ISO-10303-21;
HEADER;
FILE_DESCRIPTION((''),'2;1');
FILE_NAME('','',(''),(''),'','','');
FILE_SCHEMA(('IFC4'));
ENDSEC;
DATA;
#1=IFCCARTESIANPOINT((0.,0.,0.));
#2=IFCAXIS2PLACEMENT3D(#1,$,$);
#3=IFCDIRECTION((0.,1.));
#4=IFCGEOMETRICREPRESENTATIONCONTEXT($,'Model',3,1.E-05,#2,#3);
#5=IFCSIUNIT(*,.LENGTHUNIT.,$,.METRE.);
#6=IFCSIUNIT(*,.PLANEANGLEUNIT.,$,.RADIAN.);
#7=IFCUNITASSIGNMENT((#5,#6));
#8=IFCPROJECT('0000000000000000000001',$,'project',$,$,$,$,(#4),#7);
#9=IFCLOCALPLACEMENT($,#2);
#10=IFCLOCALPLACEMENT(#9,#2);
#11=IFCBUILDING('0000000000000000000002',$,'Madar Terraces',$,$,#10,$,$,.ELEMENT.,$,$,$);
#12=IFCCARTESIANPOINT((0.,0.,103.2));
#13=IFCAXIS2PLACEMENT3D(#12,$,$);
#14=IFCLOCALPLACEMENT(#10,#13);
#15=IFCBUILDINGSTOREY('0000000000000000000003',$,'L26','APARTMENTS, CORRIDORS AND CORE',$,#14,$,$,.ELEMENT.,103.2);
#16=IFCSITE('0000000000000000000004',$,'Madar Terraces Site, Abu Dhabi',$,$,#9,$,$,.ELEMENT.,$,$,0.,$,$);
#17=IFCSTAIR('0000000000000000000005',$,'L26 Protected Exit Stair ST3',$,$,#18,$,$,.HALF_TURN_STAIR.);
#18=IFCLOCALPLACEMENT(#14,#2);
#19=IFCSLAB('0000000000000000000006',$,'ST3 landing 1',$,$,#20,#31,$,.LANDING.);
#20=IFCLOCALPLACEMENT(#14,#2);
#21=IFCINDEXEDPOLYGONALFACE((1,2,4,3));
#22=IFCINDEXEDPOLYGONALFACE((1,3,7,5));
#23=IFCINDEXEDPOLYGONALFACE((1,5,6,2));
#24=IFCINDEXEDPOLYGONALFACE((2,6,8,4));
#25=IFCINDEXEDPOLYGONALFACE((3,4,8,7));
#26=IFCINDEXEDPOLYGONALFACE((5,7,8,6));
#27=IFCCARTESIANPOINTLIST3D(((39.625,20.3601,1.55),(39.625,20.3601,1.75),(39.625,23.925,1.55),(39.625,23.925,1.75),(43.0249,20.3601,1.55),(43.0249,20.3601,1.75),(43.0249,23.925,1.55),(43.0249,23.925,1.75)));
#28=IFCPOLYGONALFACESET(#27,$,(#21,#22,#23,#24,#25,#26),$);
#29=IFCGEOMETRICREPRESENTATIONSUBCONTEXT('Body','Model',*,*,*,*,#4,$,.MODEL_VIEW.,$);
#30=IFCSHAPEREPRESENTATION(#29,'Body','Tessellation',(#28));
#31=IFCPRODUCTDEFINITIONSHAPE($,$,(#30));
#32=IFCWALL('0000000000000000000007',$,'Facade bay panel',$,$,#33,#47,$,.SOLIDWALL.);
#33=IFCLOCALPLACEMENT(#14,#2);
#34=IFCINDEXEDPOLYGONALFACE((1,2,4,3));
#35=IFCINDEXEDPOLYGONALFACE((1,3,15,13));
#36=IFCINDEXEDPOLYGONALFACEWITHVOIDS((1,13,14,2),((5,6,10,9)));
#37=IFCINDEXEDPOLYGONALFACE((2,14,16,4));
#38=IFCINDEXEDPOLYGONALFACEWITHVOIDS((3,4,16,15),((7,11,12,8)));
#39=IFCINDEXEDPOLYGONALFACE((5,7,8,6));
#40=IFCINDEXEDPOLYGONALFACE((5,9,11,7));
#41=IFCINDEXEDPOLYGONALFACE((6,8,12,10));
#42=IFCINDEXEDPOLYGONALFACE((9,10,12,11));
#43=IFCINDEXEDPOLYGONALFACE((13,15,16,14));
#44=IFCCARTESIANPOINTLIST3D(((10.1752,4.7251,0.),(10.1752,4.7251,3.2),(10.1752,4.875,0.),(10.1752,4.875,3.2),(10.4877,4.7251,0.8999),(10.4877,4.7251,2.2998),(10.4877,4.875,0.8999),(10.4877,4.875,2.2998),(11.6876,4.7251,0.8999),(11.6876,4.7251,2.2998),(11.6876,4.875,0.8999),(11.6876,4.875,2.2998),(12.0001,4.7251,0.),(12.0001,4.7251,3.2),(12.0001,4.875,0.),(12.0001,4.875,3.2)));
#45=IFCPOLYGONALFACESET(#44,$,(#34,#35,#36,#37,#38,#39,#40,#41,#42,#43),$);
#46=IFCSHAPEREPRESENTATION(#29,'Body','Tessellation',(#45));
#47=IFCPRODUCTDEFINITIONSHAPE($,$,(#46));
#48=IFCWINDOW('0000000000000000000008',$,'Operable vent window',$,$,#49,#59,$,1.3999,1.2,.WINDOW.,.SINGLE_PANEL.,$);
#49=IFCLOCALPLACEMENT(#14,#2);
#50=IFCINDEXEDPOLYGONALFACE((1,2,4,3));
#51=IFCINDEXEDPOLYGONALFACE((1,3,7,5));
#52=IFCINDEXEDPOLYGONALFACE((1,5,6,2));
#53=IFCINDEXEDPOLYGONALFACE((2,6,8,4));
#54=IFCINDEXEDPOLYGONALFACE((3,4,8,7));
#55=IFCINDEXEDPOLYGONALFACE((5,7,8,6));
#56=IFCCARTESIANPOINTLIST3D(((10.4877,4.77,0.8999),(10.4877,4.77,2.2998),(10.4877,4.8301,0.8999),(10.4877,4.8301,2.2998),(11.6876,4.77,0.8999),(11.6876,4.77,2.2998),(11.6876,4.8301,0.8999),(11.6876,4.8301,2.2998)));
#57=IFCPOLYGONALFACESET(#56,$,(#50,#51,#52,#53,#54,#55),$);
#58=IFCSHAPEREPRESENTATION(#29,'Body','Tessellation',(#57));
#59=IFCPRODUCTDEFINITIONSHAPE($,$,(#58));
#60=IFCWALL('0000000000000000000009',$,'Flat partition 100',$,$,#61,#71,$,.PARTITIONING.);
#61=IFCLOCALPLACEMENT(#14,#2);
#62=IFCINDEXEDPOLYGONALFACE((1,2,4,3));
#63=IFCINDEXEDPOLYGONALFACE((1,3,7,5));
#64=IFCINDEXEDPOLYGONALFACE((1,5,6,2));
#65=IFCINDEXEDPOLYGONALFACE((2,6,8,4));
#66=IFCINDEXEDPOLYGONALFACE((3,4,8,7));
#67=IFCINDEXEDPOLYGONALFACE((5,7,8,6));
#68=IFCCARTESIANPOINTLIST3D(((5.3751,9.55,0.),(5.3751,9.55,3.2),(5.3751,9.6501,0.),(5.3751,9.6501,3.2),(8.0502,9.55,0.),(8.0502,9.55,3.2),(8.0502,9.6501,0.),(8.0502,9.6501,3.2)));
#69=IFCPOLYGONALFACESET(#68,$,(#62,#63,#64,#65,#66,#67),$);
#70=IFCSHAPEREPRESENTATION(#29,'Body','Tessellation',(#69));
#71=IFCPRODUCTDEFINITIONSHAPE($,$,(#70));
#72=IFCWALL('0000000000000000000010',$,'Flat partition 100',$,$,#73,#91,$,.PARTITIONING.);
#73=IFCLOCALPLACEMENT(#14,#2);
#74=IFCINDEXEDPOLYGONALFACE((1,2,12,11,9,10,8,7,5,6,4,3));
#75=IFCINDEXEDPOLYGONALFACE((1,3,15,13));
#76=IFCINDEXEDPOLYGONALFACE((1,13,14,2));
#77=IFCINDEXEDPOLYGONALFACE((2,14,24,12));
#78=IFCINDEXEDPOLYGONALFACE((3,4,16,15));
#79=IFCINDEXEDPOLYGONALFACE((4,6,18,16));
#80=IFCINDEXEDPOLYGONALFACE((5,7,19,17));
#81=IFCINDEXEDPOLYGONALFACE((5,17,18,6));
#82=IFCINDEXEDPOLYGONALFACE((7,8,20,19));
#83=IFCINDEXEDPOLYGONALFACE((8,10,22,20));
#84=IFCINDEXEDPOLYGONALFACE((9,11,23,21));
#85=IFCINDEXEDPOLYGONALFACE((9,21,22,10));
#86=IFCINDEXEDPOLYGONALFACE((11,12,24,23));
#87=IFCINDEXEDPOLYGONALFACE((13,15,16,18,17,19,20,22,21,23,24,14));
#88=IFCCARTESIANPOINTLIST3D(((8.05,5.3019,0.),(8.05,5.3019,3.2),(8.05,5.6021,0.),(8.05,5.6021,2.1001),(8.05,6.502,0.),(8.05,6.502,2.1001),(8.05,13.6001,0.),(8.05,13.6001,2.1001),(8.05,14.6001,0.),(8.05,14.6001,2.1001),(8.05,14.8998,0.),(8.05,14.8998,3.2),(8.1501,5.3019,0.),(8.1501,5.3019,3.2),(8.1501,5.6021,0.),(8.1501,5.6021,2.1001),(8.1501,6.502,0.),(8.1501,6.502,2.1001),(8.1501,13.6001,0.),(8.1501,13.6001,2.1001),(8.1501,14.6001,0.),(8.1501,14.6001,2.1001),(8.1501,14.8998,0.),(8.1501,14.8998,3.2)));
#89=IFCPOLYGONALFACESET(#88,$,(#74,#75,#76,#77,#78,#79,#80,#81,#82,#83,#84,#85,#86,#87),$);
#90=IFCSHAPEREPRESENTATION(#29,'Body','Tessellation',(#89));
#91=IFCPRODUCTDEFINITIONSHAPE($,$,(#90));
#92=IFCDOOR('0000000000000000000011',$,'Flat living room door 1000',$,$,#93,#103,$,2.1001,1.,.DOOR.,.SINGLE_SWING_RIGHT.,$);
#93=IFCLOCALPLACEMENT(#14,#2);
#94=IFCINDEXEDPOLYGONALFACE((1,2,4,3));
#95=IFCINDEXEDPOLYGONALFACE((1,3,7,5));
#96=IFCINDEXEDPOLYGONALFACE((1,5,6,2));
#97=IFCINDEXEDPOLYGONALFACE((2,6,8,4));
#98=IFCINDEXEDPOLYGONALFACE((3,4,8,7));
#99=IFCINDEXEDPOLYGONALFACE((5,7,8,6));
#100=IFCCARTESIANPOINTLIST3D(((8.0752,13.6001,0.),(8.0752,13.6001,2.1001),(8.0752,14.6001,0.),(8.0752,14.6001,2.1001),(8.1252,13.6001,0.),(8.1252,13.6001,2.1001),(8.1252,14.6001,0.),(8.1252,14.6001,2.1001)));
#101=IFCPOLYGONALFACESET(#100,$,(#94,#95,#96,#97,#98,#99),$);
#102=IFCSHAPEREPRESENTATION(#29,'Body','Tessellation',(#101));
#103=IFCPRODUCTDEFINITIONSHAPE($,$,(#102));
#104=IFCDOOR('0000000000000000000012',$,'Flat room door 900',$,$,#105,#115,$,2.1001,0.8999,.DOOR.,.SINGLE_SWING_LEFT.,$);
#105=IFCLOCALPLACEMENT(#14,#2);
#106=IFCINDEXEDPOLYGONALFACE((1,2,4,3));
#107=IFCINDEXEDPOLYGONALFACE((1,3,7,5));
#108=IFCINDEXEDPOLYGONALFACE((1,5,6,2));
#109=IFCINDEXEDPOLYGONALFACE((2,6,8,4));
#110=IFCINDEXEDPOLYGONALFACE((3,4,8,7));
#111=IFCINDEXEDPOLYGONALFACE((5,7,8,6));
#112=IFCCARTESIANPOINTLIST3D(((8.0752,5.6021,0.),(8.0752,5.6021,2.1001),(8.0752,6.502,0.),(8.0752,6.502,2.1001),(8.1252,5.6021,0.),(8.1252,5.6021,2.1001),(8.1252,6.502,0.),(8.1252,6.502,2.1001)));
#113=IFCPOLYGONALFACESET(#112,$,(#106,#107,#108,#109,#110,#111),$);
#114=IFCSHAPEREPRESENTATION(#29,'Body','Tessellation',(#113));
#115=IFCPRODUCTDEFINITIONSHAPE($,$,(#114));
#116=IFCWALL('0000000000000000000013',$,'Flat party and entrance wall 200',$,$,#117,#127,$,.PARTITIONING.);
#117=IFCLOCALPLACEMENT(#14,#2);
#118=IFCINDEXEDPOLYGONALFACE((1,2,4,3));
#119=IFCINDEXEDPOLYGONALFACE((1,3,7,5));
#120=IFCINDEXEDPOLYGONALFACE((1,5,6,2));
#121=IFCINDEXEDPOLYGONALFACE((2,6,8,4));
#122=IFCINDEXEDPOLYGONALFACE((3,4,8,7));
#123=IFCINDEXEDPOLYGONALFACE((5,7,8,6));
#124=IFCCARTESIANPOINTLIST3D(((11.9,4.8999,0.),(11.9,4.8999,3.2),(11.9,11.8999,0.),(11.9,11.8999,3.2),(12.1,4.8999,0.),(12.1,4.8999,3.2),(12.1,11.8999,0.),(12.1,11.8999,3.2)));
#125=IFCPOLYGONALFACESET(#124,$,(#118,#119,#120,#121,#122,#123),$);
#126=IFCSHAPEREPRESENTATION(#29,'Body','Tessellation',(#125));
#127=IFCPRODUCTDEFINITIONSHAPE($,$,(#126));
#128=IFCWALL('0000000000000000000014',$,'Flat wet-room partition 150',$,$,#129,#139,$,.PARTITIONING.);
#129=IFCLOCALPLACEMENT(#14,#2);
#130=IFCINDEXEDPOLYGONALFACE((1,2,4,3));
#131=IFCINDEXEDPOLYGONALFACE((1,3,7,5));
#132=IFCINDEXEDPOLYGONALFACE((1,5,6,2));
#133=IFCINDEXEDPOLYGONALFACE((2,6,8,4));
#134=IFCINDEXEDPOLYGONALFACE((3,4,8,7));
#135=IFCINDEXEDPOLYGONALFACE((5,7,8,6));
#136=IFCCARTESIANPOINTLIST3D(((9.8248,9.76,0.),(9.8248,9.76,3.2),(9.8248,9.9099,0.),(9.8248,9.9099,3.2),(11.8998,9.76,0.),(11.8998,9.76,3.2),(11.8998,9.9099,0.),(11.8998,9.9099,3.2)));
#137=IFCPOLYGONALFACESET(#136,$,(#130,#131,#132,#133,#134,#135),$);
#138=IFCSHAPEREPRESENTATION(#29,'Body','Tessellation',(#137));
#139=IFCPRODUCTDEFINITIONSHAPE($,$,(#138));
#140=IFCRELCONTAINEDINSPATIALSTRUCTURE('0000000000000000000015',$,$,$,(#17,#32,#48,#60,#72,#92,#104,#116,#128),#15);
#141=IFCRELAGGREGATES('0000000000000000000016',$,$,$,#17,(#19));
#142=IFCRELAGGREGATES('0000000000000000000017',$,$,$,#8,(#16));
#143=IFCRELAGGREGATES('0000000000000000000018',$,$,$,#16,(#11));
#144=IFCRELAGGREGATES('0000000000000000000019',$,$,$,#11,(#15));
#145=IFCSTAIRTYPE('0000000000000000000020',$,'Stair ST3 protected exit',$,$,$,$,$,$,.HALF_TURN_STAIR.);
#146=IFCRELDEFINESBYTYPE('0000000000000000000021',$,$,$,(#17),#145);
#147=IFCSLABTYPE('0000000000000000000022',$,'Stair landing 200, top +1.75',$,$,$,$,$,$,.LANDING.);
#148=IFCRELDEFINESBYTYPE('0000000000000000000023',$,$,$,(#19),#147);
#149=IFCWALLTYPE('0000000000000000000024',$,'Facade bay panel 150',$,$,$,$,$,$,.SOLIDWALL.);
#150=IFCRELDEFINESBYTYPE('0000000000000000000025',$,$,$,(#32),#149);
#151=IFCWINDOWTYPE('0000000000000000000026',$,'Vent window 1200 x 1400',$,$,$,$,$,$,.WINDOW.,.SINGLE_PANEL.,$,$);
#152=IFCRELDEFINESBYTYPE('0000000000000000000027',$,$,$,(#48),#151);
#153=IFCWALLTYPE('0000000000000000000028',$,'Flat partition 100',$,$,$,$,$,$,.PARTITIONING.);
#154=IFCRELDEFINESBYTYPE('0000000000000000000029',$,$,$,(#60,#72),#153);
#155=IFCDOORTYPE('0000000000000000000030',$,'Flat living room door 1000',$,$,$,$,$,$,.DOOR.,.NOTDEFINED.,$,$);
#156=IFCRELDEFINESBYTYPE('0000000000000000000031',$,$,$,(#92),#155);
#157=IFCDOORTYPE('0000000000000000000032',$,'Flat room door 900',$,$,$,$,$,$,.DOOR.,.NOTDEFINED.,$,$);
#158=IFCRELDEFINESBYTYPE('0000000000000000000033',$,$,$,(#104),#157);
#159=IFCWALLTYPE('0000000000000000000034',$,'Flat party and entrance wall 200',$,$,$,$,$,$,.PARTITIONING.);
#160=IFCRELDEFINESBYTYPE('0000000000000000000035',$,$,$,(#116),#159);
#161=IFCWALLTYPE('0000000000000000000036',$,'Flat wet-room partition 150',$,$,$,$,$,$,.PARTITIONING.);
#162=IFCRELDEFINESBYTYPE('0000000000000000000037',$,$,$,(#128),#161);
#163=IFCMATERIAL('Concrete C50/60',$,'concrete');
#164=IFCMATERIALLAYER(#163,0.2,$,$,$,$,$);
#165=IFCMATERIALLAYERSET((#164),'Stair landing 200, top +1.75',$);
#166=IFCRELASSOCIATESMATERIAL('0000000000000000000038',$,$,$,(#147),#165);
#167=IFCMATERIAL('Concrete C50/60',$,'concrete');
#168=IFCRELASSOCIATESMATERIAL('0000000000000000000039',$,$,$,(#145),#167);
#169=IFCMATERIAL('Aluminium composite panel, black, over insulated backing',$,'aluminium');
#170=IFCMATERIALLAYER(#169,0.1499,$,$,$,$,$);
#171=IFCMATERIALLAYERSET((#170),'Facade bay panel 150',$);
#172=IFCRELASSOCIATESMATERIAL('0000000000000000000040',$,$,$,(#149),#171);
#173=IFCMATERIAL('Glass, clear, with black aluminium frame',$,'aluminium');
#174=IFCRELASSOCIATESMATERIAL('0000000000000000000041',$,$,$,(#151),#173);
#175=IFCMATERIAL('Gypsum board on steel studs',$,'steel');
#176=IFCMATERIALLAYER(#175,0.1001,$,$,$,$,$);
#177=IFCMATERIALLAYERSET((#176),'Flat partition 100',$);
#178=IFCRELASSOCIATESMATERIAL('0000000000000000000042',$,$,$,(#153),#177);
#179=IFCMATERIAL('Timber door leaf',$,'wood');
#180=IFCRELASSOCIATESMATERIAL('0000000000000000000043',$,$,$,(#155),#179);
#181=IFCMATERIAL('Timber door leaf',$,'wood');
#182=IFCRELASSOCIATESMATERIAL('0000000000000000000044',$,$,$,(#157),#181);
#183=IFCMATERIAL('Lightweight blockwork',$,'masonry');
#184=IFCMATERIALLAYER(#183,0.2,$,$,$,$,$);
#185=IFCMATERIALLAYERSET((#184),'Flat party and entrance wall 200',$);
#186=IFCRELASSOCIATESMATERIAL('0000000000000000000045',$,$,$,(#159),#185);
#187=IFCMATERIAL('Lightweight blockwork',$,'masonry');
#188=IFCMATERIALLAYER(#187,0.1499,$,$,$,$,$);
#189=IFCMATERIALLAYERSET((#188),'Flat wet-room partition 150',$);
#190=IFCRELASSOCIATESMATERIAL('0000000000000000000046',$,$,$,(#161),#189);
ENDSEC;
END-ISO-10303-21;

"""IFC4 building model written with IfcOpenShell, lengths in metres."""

from ifc_helpers import new_model, si_unit, direction, frame, frame_2d, origin, place, context, subcontext, project, spatial, polyline, rectangle, outline, extrude, material, layer, layer_set, type_object, element, fill, aggregate, save


model = new_model("IFC4")

# Units and contexts
model_context = context("Model", 3, precision=1e-05, world=origin(), true_north=direction((0.0, 1.0)))
body_context = subcontext(model_context, "Body", "Model", "MODEL_VIEW")
ifc_project = project(units=[si_unit("LENGTHUNIT", "METRE"), si_unit("PLANEANGLEUNIT", "RADIAN")], contexts=[model_context])

# Site, building, storey
site_placement = place(None, origin())
site = spatial("IfcSite", under=ifc_project, at=site_placement, Name="Madar Terraces Site, Abu Dhabi", CompositionType="ELEMENT", RefElevation=0.0)
building_placement = place(site_placement, origin())
building = spatial("IfcBuilding", under=site, at=building_placement, Name="Madar Terraces", CompositionType="ELEMENT")
storey_placement = place(building_placement, frame((0.0, 0.0, 103.2)))
storey = spatial("IfcBuildingStorey", under=building, at=storey_placement, Name="L26", Description="APARTMENTS, CORRIDORS AND CORE", CompositionType="ELEMENT", Elevation=103.2)

# Stair, slab
ifc_material_1 = material(Name="Concrete C50/60", Category="concrete")
ifc_layer_1 = layer(ifc_material_1, 0.2)
ifc_layer_set_1 = layer_set([ifc_layer_1], Name="Stair landing 200, top +1.75")
slab_type_1 = type_object("IfcSlabType", Name="Stair landing 200, top +1.75", PredefinedType="LANDING", material=ifc_layer_set_1)
ifc_material_2 = material(Name="Concrete C50/60", Category="concrete")
stair_type_1 = type_object("IfcStairType", Name="Stair ST3 protected exit", PredefinedType="HALF_TURN_STAIR", material=ifc_material_2)
stair_1_placement = place(storey_placement, origin())
stair_1 = element("IfcStair", 1, at=stair_1_placement, inside=storey, type_object=stair_type_1, Name="L26 Protected Exit Stair ST3", PredefinedType="HALF_TURN_STAIR")
slab_1_placement = place(storey_placement, frame((0.0, 0.0, 1.55)))
slab_1 = element("IfcSlab", 2, at=slab_1_placement, type_object=slab_type_1, Name="ST3 landing 1", PredefinedType="LANDING", context=body_context, shape_type="SweptSolid", body=[
    extrude(outline(polyline([(39.625, 20.3601), (43.0249, 20.3601), (43.0249, 23.925), (39.625, 23.925), (39.625, 20.3601)])), origin(), (0.0, 0.0, 1.0), 0.2),
])
aggregate(stair_1, [slab_1])

# Wall, opening, window
ifc_material_3 = material(Name="Aluminium composite panel, black, over insulated backing", Category="aluminium")
ifc_layer_2 = layer(ifc_material_3, 0.1499)
ifc_layer_set_2 = layer_set([ifc_layer_2], Name="Facade bay panel 150")
wall_type_1 = type_object("IfcWallType", Name="Facade bay panel 150", PredefinedType="SOLIDWALL", material=ifc_layer_set_2)
wall_1_placement = place(storey_placement, frame((10.175, 4.8, 0.0), z_axis=(0.0, 0.0, 1.0), x_axis=(1.0, 0.0, 0.0)))
wall_1 = element("IfcWall", 3, at=wall_1_placement, inside=storey, type_object=wall_type_1, Name="Facade bay panel", PredefinedType="SOLIDWALL", context=body_context, shape_type="SweptSolid", body=[
    extrude(rectangle(XDim=1.825, YDim=0.1499, at=frame_2d((0.9126, 0.0))), origin(), (0.0, 0.0, 1.0), 3.2),
])
opening_1_placement = place(wall_1_placement, frame((0.3125, 0.0, 0.8999)))
opening_1 = element("IfcOpeningElement", 4, at=opening_1_placement, cuts=wall_1, PredefinedType="OPENING", context=body_context, shape_type="SweptSolid", body=[
    extrude(rectangle(XDim=1.2, YDim=1.3999, at=frame_2d((0.6001, 0.7))), frame((0.0, 0.085, 0.0), z_axis=(0.0, -1.0, 0.0), x_axis=(1.0, 0.0, 0.0)), (0.0, 0.0, 1.0), 0.1699),
])
ifc_material_4 = material(Name="Glass, clear, with black aluminium frame", Category="aluminium")
window_type = type_object("IfcWindowType", Name="Vent window 1200 x 1400", PartitioningType="SINGLE_PANEL", PredefinedType="WINDOW", material=ifc_material_4)
window_placement = place(opening_1_placement, origin())
window = element("IfcWindow", 5, at=window_placement, inside=storey, type_object=window_type, Name="Operable vent window", OverallHeight=1.3999, OverallWidth=1.2, PartitioningType="SINGLE_PANEL", PredefinedType="WINDOW", context=body_context, shape_type="SweptSolid", body=[
    extrude(rectangle(XDim=1.2, YDim=1.3999, at=frame_2d((0.6001, 0.7))), frame((0.0, 0.03, 0.0), z_axis=(0.0, -1.0, 0.0), x_axis=(1.0, 0.0, 0.0)), (0.0, 0.0, 1.0), 0.0601),
])
fill(opening_1, window)

# Wall
ifc_material_5 = material(Name="Gypsum board on steel studs", Category="steel")
ifc_layer_3 = layer(ifc_material_5, 0.1001)
ifc_layer_set_3 = layer_set([ifc_layer_3], Name="Flat partition 100")
wall_type_2 = type_object("IfcWallType", Name="Flat partition 100", PredefinedType="PARTITIONING", material=ifc_layer_set_3)
wall_2_placement = place(storey_placement, frame((8.05, 9.6001, 0.0), z_axis=(0.0, 0.0, 1.0), x_axis=(-1.0, 0.0, 0.0)))
element("IfcWall", 6, at=wall_2_placement, inside=storey, type_object=wall_type_2, Name="Flat partition 100", PredefinedType="PARTITIONING", context=body_context, shape_type="SweptSolid", body=[
    extrude(rectangle(XDim=2.675, YDim=0.1001, at=frame_2d((1.3374, 0.0))), origin(), (0.0, 0.0, 1.0), 3.2),
])

# Wall, openings, doors
wall_3_placement = place(storey_placement, frame((8.1001, 5.302, 0.0), z_axis=(0.0, 0.0, 1.0), x_axis=(0.0, 1.0, 0.0)))
wall_3 = element("IfcWall", 7, at=wall_3_placement, inside=storey, type_object=wall_type_2, Name="Flat partition 100", PredefinedType="PARTITIONING", context=body_context, shape_type="SweptSolid", body=[
    extrude(rectangle(XDim=9.5979, YDim=0.1001, at=frame_2d((4.7988, 0.0))), origin(), (0.0, 0.0, 1.0), 3.2),
])
opening_2_placement = place(wall_3_placement, frame((8.2981, 0.0, 0.0)))
opening_2 = element("IfcOpeningElement", 8, at=opening_2_placement, cuts=wall_3, PredefinedType="OPENING", context=body_context, shape_type="SweptSolid", body=[
    extrude(rectangle(XDim=1.0, YDim=2.1001, at=frame_2d((0.5, 1.05))), frame((0.0, 0.0601, 0.0), z_axis=(0.0, -1.0, 0.0), x_axis=(1.0, 0.0, 0.0)), (0.0, 0.0, 1.0), 0.1201),
])
opening_3_placement = place(wall_3_placement, frame((0.3, 0.0, 0.0)))
opening_3 = element("IfcOpeningElement", 9, at=opening_3_placement, cuts=wall_3, PredefinedType="OPENING", context=body_context, shape_type="SweptSolid", body=[
    extrude(rectangle(XDim=0.8999, YDim=2.1001, at=frame_2d((0.45, 1.05))), frame((0.0, 0.0601, 0.0), z_axis=(0.0, -1.0, 0.0), x_axis=(1.0, 0.0, 0.0)), (0.0, 0.0, 1.0), 0.1201),
])
ifc_material_6 = material(Name="Timber door leaf", Category="wood")
door_type_1 = type_object("IfcDoorType", Name="Flat living room door 1000", OperationType="NOTDEFINED", PredefinedType="DOOR", material=ifc_material_6)
door_1_placement = place(opening_2_placement, origin())
door_1 = element("IfcDoor", 10, at=door_1_placement, inside=storey, type_object=door_type_1, Name="Flat living room door 1000", OperationType="SINGLE_SWING_RIGHT", OverallHeight=2.1001, OverallWidth=1.0, PredefinedType="DOOR", context=body_context, shape_type="SweptSolid", body=[
    extrude(rectangle(XDim=1.0, YDim=2.1001, at=frame_2d((0.5, 1.05))), frame((0.0, 0.0249, 0.0), z_axis=(0.0, -1.0, 0.0), x_axis=(1.0, 0.0, 0.0)), (0.0, 0.0, 1.0), 0.05),
])
fill(opening_2, door_1)
ifc_material_7 = material(Name="Timber door leaf", Category="wood")
door_type_2 = type_object("IfcDoorType", Name="Flat room door 900", OperationType="NOTDEFINED", PredefinedType="DOOR", material=ifc_material_7)
door_2_placement = place(opening_3_placement, origin())
door_2 = element("IfcDoor", 11, at=door_2_placement, inside=storey, type_object=door_type_2, Name="Flat room door 900", OperationType="SINGLE_SWING_LEFT", OverallHeight=2.1001, OverallWidth=0.8999, PredefinedType="DOOR", context=body_context, shape_type="SweptSolid", body=[
    extrude(rectangle(XDim=0.8999, YDim=2.1001, at=frame_2d((0.45, 1.05))), frame((0.0, 0.0249, 0.0), z_axis=(0.0, -1.0, 0.0), x_axis=(1.0, 0.0, 0.0)), (0.0, 0.0, 1.0), 0.05),
])
fill(opening_3, door_2)

# Walls
ifc_material_8 = material(Name="Lightweight blockwork", Category="masonry")
ifc_layer_4 = layer(ifc_material_8, 0.2)
ifc_layer_set_4 = layer_set([ifc_layer_4], Name="Flat party and entrance wall 200")
wall_type_3 = type_object("IfcWallType", Name="Flat party and entrance wall 200", PredefinedType="PARTITIONING", material=ifc_layer_set_4)
wall_4_placement = place(storey_placement, frame((12.0, 4.8999, 0.0), z_axis=(0.0, 0.0, 1.0), x_axis=(0.0, 1.0, 0.0)))
element("IfcWall", 12, at=wall_4_placement, inside=storey, type_object=wall_type_3, Name="Flat party and entrance wall 200", PredefinedType="PARTITIONING", context=body_context, shape_type="SweptSolid", body=[
    extrude(rectangle(XDim=7.0, YDim=0.2, at=frame_2d((3.5, 0.0))), origin(), (0.0, 0.0, 1.0), 3.2),
])
ifc_material_9 = material(Name="Lightweight blockwork", Category="masonry")
ifc_layer_5 = layer(ifc_material_9, 0.1499)
ifc_layer_set_5 = layer_set([ifc_layer_5], Name="Flat wet-room partition 150")
wall_type_4 = type_object("IfcWallType", Name="Flat wet-room partition 150", PredefinedType="PARTITIONING", material=ifc_layer_set_5)
wall_5_placement = place(storey_placement, frame((11.8999, 9.835, 0.0), z_axis=(0.0, 0.0, 1.0), x_axis=(-1.0, 0.0, 0.0)))
element("IfcWall", 13, at=wall_5_placement, inside=storey, type_object=wall_type_4, Name="Flat wet-room partition 150", PredefinedType="PARTITIONING", context=body_context, shape_type="SweptSolid", body=[
    extrude(rectangle(XDim=2.075, YDim=0.1499, at=frame_2d((1.0376, 0.0))), origin(), (0.0, 0.0, 1.0), 3.2),
])

save(model, "model.ifc")
